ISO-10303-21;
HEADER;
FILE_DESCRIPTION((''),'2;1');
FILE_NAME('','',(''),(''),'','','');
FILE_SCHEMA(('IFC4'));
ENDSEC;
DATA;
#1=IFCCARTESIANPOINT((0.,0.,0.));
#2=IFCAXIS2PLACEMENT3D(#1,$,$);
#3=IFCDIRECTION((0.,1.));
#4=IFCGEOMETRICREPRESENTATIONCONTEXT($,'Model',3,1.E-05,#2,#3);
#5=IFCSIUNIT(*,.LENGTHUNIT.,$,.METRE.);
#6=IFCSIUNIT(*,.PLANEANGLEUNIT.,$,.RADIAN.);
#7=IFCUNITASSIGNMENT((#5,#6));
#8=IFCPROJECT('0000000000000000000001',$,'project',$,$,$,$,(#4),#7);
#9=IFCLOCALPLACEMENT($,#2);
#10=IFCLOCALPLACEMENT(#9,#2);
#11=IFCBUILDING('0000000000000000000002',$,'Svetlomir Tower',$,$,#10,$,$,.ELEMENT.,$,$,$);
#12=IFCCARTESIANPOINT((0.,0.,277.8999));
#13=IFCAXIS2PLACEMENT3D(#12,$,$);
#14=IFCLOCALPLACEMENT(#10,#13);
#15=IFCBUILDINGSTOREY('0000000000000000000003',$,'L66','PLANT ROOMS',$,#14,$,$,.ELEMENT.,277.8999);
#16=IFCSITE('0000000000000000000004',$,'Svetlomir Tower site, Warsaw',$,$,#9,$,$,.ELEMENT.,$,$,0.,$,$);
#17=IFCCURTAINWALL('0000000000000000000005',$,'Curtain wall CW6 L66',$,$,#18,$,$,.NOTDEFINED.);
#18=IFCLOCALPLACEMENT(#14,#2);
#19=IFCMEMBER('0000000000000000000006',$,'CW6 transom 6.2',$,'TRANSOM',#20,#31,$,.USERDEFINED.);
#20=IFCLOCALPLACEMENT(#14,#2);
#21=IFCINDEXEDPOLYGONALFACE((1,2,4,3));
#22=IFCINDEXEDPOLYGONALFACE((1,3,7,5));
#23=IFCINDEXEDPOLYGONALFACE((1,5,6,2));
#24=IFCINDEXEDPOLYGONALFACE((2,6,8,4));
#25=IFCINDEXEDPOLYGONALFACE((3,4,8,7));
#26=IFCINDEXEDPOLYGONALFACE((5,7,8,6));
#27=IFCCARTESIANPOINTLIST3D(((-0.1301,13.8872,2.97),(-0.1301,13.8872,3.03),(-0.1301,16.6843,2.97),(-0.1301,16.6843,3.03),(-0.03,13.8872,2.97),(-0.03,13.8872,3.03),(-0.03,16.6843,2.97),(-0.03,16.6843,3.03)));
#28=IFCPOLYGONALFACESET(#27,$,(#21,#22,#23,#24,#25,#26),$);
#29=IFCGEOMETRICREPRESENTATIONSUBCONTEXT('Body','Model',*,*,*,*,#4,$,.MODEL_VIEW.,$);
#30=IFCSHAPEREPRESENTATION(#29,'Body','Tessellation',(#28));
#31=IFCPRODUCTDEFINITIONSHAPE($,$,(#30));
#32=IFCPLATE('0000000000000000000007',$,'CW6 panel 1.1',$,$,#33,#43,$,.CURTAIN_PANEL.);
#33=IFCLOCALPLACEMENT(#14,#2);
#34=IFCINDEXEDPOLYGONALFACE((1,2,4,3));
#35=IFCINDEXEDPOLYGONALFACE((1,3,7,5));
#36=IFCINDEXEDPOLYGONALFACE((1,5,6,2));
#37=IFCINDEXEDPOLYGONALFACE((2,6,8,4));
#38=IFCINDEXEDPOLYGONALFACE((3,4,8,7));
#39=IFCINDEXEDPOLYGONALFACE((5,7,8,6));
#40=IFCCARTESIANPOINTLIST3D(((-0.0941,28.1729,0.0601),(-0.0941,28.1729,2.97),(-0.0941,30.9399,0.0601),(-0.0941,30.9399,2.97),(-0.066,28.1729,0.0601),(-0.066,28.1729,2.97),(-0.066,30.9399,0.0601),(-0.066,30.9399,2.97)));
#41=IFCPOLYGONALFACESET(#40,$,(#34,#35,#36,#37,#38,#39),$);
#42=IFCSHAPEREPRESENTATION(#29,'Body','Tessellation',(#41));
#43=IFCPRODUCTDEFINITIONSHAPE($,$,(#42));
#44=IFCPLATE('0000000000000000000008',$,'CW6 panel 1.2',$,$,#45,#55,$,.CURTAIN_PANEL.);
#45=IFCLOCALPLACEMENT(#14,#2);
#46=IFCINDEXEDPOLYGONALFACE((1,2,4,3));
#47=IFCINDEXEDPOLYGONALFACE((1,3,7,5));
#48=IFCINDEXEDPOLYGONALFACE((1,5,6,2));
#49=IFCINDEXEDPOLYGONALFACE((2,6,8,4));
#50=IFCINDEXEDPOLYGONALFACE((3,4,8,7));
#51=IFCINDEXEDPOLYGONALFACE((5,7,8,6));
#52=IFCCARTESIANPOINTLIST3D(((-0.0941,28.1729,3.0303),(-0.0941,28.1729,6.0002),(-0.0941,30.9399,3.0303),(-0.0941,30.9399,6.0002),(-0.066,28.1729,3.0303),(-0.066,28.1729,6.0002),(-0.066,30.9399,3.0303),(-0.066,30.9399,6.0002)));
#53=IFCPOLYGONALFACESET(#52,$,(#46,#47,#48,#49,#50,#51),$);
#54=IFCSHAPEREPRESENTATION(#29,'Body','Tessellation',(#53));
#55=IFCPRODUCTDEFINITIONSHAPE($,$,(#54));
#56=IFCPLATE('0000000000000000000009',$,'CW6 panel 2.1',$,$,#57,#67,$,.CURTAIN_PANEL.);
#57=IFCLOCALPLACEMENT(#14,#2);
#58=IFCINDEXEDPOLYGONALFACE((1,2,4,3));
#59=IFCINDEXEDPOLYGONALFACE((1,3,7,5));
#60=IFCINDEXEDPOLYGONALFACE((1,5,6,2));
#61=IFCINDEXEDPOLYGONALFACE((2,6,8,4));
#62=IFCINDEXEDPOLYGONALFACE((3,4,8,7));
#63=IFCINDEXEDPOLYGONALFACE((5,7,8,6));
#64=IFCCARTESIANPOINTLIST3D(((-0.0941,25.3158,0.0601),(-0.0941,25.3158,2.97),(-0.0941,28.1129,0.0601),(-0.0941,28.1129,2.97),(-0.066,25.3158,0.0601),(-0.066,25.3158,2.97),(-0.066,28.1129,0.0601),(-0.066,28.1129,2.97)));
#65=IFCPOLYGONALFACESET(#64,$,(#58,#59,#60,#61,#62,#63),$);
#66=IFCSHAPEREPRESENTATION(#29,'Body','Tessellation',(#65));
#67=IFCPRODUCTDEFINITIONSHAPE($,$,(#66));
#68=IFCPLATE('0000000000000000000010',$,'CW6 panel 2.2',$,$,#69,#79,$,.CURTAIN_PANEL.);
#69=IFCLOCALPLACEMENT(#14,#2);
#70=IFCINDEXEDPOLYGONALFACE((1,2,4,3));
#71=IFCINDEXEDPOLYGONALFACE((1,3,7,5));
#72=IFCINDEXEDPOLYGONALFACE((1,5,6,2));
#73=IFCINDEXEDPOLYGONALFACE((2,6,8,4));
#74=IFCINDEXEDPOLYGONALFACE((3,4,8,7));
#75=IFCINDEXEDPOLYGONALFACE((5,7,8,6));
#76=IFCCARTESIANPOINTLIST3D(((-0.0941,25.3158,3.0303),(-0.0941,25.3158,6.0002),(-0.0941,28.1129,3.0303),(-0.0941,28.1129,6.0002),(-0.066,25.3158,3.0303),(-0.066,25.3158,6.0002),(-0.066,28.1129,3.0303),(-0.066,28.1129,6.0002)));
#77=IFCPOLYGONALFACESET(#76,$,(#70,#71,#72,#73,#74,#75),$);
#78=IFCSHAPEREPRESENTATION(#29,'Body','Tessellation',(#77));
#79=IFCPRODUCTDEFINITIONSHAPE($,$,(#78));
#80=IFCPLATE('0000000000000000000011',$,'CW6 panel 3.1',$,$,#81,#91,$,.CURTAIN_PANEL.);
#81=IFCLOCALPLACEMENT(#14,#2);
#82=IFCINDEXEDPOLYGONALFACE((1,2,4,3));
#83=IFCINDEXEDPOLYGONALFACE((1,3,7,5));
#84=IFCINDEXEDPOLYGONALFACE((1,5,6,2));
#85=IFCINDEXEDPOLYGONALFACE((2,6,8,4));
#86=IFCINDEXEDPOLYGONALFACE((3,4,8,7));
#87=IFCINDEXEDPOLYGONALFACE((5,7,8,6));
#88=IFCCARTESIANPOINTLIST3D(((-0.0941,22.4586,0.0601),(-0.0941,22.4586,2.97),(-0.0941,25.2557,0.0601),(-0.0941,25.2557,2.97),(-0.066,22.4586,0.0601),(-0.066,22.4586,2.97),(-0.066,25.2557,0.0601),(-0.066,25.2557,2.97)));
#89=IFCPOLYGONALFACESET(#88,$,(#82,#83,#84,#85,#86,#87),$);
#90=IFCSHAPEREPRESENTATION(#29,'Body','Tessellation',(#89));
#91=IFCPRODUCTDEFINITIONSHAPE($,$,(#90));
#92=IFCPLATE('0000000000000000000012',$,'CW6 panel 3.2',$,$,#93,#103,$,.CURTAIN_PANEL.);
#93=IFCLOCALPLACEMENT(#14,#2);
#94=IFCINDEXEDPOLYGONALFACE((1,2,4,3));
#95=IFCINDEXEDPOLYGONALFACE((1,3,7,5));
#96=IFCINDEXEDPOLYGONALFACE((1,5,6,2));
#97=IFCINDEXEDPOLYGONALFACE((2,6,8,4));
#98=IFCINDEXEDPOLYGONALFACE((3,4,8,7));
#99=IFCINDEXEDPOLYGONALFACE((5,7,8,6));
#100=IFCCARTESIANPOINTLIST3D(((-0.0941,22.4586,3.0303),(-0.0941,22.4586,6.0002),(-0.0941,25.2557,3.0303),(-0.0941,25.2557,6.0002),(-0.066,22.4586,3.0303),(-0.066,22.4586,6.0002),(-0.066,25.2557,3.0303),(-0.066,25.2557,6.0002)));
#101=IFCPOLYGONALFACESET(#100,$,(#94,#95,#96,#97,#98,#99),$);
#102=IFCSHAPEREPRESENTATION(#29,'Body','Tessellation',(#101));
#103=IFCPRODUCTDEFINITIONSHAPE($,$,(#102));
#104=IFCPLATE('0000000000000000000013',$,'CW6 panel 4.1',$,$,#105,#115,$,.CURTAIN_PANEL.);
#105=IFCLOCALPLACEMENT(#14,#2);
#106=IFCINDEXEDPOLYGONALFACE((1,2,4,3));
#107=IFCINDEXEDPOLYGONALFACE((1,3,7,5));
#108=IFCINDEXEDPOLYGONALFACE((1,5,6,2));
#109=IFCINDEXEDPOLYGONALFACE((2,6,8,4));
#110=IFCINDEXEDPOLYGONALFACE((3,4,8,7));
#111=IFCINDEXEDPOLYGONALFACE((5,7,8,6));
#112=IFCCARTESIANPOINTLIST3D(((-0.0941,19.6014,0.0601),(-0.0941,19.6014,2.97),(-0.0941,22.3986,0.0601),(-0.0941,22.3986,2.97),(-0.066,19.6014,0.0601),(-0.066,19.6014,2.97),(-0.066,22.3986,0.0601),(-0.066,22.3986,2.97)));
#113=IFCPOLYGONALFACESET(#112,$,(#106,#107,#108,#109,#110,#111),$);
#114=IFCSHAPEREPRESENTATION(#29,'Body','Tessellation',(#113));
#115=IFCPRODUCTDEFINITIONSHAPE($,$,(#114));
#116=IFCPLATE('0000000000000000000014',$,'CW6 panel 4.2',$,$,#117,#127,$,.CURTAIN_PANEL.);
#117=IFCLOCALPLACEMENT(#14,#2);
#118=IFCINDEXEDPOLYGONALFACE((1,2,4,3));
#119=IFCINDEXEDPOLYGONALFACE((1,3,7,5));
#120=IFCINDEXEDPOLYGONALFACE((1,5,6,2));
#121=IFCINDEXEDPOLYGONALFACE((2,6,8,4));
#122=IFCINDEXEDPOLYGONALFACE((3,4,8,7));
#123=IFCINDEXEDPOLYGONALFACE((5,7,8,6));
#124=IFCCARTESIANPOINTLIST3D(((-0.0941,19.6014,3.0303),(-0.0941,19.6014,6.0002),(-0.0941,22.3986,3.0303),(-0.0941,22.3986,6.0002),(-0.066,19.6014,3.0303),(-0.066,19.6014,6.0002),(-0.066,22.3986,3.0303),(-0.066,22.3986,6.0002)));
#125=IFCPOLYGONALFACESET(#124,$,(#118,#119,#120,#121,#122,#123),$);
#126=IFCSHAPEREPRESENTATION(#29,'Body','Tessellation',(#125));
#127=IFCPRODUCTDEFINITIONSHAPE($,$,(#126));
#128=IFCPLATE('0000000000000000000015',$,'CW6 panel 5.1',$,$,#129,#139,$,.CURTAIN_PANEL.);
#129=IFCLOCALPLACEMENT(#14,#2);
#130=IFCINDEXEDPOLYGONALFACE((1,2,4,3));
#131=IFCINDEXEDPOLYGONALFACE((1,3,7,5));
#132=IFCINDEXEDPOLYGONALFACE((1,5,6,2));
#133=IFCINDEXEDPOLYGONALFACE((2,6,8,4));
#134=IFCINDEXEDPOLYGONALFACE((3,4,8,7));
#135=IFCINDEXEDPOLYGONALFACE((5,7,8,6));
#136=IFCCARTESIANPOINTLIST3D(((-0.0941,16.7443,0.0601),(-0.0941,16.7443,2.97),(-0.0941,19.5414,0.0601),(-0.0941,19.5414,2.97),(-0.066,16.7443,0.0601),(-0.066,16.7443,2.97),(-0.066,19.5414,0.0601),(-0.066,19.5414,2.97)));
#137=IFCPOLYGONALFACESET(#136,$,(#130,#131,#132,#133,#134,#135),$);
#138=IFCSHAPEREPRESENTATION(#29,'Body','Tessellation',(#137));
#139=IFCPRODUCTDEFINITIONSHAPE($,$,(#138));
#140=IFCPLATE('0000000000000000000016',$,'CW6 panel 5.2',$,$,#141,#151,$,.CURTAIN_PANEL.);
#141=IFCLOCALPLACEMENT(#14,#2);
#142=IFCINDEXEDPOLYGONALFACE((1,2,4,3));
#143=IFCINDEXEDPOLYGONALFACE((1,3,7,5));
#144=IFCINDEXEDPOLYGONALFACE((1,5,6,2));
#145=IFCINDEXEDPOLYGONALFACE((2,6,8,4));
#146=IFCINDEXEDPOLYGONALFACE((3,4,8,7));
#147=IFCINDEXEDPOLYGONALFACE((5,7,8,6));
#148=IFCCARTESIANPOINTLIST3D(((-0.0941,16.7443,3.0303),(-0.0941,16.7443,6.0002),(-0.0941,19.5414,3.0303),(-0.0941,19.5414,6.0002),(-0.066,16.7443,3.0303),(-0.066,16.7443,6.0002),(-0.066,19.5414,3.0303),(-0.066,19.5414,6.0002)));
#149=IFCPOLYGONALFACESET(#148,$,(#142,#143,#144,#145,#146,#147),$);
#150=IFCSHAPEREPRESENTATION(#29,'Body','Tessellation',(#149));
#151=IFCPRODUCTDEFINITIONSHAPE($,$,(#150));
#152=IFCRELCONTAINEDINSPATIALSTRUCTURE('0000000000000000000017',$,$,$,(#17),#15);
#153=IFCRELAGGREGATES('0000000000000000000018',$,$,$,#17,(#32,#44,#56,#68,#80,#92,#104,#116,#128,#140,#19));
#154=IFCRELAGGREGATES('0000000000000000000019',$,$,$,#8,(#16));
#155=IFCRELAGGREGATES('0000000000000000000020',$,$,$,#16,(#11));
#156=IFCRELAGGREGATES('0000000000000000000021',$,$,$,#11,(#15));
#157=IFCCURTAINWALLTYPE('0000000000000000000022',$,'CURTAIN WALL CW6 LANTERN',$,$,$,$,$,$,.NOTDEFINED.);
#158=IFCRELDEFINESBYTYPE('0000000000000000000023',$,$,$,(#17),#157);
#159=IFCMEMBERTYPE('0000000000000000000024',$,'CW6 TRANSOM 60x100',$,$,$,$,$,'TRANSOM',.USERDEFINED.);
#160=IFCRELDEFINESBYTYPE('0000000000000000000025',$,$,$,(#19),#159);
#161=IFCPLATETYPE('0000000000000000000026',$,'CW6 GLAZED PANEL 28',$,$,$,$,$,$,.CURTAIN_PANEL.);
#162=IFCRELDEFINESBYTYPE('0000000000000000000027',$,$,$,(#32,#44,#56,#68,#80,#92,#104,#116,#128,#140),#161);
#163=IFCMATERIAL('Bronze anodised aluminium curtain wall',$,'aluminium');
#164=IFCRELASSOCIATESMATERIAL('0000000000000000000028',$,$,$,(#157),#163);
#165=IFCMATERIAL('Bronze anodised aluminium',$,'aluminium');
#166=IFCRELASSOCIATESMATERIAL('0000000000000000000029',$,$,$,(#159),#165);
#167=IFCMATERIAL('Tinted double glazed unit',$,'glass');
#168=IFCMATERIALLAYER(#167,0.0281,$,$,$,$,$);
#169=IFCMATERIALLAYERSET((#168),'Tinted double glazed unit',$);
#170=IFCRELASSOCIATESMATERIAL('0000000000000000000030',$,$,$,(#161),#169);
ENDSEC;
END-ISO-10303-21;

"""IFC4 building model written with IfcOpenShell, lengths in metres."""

from ifc_helpers import new_model, si_unit, direction, frame, origin, origin_2d, place, context, subcontext, project, spatial, rectangle, extrude, material, layer, layer_set, material_profile, profile_set, type_object, element, aggregate, save


model = new_model("IFC4")

# Units and contexts
model_context = context("Model", 3, precision=1e-05, world=origin(), true_north=direction((0.0, 1.0)))
body_context = subcontext(model_context, "Body", "Model", "MODEL_VIEW")
ifc_project = project(units=[si_unit("LENGTHUNIT", "METRE"), si_unit("PLANEANGLEUNIT", "RADIAN")], contexts=[model_context])

# Site, building, storey
site_placement = place(None, origin())
site = spatial("IfcSite", under=ifc_project, at=site_placement, Name="Svetlomir Tower site, Warsaw", CompositionType="ELEMENT", RefElevation=0.0)
building_placement = place(site_placement, origin())
building = spatial("IfcBuilding", under=site, at=building_placement, Name="Svetlomir Tower", CompositionType="ELEMENT")
storey_placement = place(building_placement, frame((0.0, 0.0, 277.8999)))
storey = spatial("IfcBuildingStorey", under=building, at=storey_placement, Name="L66", Description="PLANT ROOMS", CompositionType="ELEMENT", Elevation=277.8999)

# Curtain wall, member, plates
ifc_material_1 = material(Name="Bronze anodised aluminium curtain wall", Category="aluminium")
curtain_wall_type = type_object("IfcCurtainWallType", Name="CURTAIN WALL CW6 LANTERN", PredefinedType="NOTDEFINED", material=ifc_material_1)
curtain_wall_placement = place(storey_placement, origin())
curtain_wall = element("IfcCurtainWall", 1, at=curtain_wall_placement, inside=storey, type_object=curtain_wall_type, Name="Curtain wall CW6 L66", PredefinedType="NOTDEFINED")
ifc_material_2 = material(Name="Bronze anodised aluminium", Category="aluminium")
ifc_material_profile_1 = material_profile(ifc_material_2, rectangle(XDim=0.1001, YDim=0.0601, at=origin_2d()), Name="AL 100x60")
ifc_profile_set_1 = profile_set([ifc_material_profile_1], Name="Bronze anodised aluminium 6063-T6")
member_type_1 = type_object("IfcMemberType", Name="CW6 TRANSOM 60x100", ElementType="TRANSOM", PredefinedType="USERDEFINED", material=ifc_profile_set_1)
member_1_placement = place(storey_placement, frame((-0.0801, 16.6843, 3.0), z_axis=(0.0, -1.0, 0.0), x_axis=(1.0, 0.0, 0.0)))
member_1 = element("IfcMember", 2, at=member_1_placement, type_object=member_type_1, Name="CW6 transom 6.2", ObjectType="TRANSOM", PredefinedType="USERDEFINED", context=body_context, shape_type="SweptSolid", body=[
    extrude(rectangle(XDim=0.1001, YDim=0.0601, at=origin_2d()), origin(), (0.0, 0.0, 1.0), 2.7971),
])
ifc_material_3 = material(Name="Tinted double glazed unit", Category="glass")
ifc_layer = layer(ifc_material_3, 0.0281)
ifc_layer_set = layer_set([ifc_layer], Name="Tinted double glazed unit")
plate_type = type_object("IfcPlateType", Name="CW6 GLAZED PANEL 28", PredefinedType="CURTAIN_PANEL", material=ifc_layer_set)
plate_1_placement = place(storey_placement, frame((-0.0801, 29.5564, 0.0601), z_axis=(0.0, 0.0, 1.0), x_axis=(0.0, -1.0, 0.0)))
plate_1 = element("IfcPlate", 3, at=plate_1_placement, type_object=plate_type, Name="CW6 panel 1.1", PredefinedType="CURTAIN_PANEL", context=body_context, shape_type="SweptSolid", body=[
    extrude(rectangle(XDim=2.7671, YDim=0.0281, at=origin_2d()), origin(), (0.0, 0.0, 1.0), 2.9099),
])
plate_2_placement = place(storey_placement, frame((-0.0801, 29.5564, 3.0303), z_axis=(0.0, 0.0, 1.0), x_axis=(0.0, -1.0, 0.0)))
plate_2 = element("IfcPlate", 4, at=plate_2_placement, type_object=plate_type, Name="CW6 panel 1.2", PredefinedType="CURTAIN_PANEL", context=body_context, shape_type="SweptSolid", body=[
    extrude(rectangle(XDim=2.7671, YDim=0.0281, at=origin_2d()), origin(), (0.0, 0.0, 1.0), 2.97),
])
plate_3_placement = place(storey_placement, frame((-0.0801, 26.7144, 0.0601), z_axis=(0.0, 0.0, 1.0), x_axis=(0.0, -1.0, 0.0)))
plate_3 = element("IfcPlate", 5, at=plate_3_placement, type_object=plate_type, Name="CW6 panel 2.1", PredefinedType="CURTAIN_PANEL", context=body_context, shape_type="SweptSolid", body=[
    extrude(rectangle(XDim=2.7971, YDim=0.0281, at=origin_2d()), origin(), (0.0, 0.0, 1.0), 2.9099),
])
plate_4_placement = place(storey_placement, frame((-0.0801, 26.7144, 3.0303), z_axis=(0.0, 0.0, 1.0), x_axis=(0.0, -1.0, 0.0)))
plate_4 = element("IfcPlate", 6, at=plate_4_placement, type_object=plate_type, Name="CW6 panel 2.2", PredefinedType="CURTAIN_PANEL", context=body_context, shape_type="SweptSolid", body=[
    extrude(rectangle(XDim=2.7971, YDim=0.0281, at=origin_2d()), origin(), (0.0, 0.0, 1.0), 2.97),
])
plate_5_placement = place(storey_placement, frame((-0.0801, 23.8572, 0.0601), z_axis=(0.0, 0.0, 1.0), x_axis=(0.0, -1.0, 0.0)))
plate_5 = element("IfcPlate", 7, at=plate_5_placement, type_object=plate_type, Name="CW6 panel 3.1", PredefinedType="CURTAIN_PANEL", context=body_context, shape_type="SweptSolid", body=[
    extrude(rectangle(XDim=2.7971, YDim=0.0281, at=origin_2d()), origin(), (0.0, 0.0, 1.0), 2.9099),
])
plate_6_placement = place(storey_placement, frame((-0.0801, 23.8572, 3.0303), z_axis=(0.0, 0.0, 1.0), x_axis=(0.0, -1.0, 0.0)))
plate_6 = element("IfcPlate", 8, at=plate_6_placement, type_object=plate_type, Name="CW6 panel 3.2", PredefinedType="CURTAIN_PANEL", context=body_context, shape_type="SweptSolid", body=[
    extrude(rectangle(XDim=2.7971, YDim=0.0281, at=origin_2d()), origin(), (0.0, 0.0, 1.0), 2.97),
])
plate_7_placement = place(storey_placement, frame((-0.0801, 21.0, 0.0601), z_axis=(0.0, 0.0, 1.0), x_axis=(0.0, -1.0, 0.0)))
plate_7 = element("IfcPlate", 9, at=plate_7_placement, type_object=plate_type, Name="CW6 panel 4.1", PredefinedType="CURTAIN_PANEL", context=body_context, shape_type="SweptSolid", body=[
    extrude(rectangle(XDim=2.7971, YDim=0.0281, at=origin_2d()), origin(), (0.0, 0.0, 1.0), 2.9099),
])
plate_8_placement = place(storey_placement, frame((-0.0801, 21.0, 3.0303), z_axis=(0.0, 0.0, 1.0), x_axis=(0.0, -1.0, 0.0)))
plate_8 = element("IfcPlate", 10, at=plate_8_placement, type_object=plate_type, Name="CW6 panel 4.2", PredefinedType="CURTAIN_PANEL", context=body_context, shape_type="SweptSolid", body=[
    extrude(rectangle(XDim=2.7971, YDim=0.0281, at=origin_2d()), origin(), (0.0, 0.0, 1.0), 2.97),
])
plate_9_placement = place(storey_placement, frame((-0.0801, 18.1428, 0.0601), z_axis=(0.0, 0.0, 1.0), x_axis=(0.0, -1.0, 0.0)))
plate_9 = element("IfcPlate", 11, at=plate_9_placement, type_object=plate_type, Name="CW6 panel 5.1", PredefinedType="CURTAIN_PANEL", context=body_context, shape_type="SweptSolid", body=[
    extrude(rectangle(XDim=2.7971, YDim=0.0281, at=origin_2d()), origin(), (0.0, 0.0, 1.0), 2.9099),
])
plate_10_placement = place(storey_placement, frame((-0.0801, 18.1428, 3.0303), z_axis=(0.0, 0.0, 1.0), x_axis=(0.0, -1.0, 0.0)))
plate_10 = element("IfcPlate", 12, at=plate_10_placement, type_object=plate_type, Name="CW6 panel 5.2", PredefinedType="CURTAIN_PANEL", context=body_context, shape_type="SweptSolid", body=[
    extrude(rectangle(XDim=2.7971, YDim=0.0281, at=origin_2d()), origin(), (0.0, 0.0, 1.0), 2.97),
])
aggregate(curtain_wall, [plate_1, plate_2, plate_3, plate_4, plate_5, plate_6, plate_7, plate_8, plate_9, plate_10, member_1])

save(model, "model.ifc")
